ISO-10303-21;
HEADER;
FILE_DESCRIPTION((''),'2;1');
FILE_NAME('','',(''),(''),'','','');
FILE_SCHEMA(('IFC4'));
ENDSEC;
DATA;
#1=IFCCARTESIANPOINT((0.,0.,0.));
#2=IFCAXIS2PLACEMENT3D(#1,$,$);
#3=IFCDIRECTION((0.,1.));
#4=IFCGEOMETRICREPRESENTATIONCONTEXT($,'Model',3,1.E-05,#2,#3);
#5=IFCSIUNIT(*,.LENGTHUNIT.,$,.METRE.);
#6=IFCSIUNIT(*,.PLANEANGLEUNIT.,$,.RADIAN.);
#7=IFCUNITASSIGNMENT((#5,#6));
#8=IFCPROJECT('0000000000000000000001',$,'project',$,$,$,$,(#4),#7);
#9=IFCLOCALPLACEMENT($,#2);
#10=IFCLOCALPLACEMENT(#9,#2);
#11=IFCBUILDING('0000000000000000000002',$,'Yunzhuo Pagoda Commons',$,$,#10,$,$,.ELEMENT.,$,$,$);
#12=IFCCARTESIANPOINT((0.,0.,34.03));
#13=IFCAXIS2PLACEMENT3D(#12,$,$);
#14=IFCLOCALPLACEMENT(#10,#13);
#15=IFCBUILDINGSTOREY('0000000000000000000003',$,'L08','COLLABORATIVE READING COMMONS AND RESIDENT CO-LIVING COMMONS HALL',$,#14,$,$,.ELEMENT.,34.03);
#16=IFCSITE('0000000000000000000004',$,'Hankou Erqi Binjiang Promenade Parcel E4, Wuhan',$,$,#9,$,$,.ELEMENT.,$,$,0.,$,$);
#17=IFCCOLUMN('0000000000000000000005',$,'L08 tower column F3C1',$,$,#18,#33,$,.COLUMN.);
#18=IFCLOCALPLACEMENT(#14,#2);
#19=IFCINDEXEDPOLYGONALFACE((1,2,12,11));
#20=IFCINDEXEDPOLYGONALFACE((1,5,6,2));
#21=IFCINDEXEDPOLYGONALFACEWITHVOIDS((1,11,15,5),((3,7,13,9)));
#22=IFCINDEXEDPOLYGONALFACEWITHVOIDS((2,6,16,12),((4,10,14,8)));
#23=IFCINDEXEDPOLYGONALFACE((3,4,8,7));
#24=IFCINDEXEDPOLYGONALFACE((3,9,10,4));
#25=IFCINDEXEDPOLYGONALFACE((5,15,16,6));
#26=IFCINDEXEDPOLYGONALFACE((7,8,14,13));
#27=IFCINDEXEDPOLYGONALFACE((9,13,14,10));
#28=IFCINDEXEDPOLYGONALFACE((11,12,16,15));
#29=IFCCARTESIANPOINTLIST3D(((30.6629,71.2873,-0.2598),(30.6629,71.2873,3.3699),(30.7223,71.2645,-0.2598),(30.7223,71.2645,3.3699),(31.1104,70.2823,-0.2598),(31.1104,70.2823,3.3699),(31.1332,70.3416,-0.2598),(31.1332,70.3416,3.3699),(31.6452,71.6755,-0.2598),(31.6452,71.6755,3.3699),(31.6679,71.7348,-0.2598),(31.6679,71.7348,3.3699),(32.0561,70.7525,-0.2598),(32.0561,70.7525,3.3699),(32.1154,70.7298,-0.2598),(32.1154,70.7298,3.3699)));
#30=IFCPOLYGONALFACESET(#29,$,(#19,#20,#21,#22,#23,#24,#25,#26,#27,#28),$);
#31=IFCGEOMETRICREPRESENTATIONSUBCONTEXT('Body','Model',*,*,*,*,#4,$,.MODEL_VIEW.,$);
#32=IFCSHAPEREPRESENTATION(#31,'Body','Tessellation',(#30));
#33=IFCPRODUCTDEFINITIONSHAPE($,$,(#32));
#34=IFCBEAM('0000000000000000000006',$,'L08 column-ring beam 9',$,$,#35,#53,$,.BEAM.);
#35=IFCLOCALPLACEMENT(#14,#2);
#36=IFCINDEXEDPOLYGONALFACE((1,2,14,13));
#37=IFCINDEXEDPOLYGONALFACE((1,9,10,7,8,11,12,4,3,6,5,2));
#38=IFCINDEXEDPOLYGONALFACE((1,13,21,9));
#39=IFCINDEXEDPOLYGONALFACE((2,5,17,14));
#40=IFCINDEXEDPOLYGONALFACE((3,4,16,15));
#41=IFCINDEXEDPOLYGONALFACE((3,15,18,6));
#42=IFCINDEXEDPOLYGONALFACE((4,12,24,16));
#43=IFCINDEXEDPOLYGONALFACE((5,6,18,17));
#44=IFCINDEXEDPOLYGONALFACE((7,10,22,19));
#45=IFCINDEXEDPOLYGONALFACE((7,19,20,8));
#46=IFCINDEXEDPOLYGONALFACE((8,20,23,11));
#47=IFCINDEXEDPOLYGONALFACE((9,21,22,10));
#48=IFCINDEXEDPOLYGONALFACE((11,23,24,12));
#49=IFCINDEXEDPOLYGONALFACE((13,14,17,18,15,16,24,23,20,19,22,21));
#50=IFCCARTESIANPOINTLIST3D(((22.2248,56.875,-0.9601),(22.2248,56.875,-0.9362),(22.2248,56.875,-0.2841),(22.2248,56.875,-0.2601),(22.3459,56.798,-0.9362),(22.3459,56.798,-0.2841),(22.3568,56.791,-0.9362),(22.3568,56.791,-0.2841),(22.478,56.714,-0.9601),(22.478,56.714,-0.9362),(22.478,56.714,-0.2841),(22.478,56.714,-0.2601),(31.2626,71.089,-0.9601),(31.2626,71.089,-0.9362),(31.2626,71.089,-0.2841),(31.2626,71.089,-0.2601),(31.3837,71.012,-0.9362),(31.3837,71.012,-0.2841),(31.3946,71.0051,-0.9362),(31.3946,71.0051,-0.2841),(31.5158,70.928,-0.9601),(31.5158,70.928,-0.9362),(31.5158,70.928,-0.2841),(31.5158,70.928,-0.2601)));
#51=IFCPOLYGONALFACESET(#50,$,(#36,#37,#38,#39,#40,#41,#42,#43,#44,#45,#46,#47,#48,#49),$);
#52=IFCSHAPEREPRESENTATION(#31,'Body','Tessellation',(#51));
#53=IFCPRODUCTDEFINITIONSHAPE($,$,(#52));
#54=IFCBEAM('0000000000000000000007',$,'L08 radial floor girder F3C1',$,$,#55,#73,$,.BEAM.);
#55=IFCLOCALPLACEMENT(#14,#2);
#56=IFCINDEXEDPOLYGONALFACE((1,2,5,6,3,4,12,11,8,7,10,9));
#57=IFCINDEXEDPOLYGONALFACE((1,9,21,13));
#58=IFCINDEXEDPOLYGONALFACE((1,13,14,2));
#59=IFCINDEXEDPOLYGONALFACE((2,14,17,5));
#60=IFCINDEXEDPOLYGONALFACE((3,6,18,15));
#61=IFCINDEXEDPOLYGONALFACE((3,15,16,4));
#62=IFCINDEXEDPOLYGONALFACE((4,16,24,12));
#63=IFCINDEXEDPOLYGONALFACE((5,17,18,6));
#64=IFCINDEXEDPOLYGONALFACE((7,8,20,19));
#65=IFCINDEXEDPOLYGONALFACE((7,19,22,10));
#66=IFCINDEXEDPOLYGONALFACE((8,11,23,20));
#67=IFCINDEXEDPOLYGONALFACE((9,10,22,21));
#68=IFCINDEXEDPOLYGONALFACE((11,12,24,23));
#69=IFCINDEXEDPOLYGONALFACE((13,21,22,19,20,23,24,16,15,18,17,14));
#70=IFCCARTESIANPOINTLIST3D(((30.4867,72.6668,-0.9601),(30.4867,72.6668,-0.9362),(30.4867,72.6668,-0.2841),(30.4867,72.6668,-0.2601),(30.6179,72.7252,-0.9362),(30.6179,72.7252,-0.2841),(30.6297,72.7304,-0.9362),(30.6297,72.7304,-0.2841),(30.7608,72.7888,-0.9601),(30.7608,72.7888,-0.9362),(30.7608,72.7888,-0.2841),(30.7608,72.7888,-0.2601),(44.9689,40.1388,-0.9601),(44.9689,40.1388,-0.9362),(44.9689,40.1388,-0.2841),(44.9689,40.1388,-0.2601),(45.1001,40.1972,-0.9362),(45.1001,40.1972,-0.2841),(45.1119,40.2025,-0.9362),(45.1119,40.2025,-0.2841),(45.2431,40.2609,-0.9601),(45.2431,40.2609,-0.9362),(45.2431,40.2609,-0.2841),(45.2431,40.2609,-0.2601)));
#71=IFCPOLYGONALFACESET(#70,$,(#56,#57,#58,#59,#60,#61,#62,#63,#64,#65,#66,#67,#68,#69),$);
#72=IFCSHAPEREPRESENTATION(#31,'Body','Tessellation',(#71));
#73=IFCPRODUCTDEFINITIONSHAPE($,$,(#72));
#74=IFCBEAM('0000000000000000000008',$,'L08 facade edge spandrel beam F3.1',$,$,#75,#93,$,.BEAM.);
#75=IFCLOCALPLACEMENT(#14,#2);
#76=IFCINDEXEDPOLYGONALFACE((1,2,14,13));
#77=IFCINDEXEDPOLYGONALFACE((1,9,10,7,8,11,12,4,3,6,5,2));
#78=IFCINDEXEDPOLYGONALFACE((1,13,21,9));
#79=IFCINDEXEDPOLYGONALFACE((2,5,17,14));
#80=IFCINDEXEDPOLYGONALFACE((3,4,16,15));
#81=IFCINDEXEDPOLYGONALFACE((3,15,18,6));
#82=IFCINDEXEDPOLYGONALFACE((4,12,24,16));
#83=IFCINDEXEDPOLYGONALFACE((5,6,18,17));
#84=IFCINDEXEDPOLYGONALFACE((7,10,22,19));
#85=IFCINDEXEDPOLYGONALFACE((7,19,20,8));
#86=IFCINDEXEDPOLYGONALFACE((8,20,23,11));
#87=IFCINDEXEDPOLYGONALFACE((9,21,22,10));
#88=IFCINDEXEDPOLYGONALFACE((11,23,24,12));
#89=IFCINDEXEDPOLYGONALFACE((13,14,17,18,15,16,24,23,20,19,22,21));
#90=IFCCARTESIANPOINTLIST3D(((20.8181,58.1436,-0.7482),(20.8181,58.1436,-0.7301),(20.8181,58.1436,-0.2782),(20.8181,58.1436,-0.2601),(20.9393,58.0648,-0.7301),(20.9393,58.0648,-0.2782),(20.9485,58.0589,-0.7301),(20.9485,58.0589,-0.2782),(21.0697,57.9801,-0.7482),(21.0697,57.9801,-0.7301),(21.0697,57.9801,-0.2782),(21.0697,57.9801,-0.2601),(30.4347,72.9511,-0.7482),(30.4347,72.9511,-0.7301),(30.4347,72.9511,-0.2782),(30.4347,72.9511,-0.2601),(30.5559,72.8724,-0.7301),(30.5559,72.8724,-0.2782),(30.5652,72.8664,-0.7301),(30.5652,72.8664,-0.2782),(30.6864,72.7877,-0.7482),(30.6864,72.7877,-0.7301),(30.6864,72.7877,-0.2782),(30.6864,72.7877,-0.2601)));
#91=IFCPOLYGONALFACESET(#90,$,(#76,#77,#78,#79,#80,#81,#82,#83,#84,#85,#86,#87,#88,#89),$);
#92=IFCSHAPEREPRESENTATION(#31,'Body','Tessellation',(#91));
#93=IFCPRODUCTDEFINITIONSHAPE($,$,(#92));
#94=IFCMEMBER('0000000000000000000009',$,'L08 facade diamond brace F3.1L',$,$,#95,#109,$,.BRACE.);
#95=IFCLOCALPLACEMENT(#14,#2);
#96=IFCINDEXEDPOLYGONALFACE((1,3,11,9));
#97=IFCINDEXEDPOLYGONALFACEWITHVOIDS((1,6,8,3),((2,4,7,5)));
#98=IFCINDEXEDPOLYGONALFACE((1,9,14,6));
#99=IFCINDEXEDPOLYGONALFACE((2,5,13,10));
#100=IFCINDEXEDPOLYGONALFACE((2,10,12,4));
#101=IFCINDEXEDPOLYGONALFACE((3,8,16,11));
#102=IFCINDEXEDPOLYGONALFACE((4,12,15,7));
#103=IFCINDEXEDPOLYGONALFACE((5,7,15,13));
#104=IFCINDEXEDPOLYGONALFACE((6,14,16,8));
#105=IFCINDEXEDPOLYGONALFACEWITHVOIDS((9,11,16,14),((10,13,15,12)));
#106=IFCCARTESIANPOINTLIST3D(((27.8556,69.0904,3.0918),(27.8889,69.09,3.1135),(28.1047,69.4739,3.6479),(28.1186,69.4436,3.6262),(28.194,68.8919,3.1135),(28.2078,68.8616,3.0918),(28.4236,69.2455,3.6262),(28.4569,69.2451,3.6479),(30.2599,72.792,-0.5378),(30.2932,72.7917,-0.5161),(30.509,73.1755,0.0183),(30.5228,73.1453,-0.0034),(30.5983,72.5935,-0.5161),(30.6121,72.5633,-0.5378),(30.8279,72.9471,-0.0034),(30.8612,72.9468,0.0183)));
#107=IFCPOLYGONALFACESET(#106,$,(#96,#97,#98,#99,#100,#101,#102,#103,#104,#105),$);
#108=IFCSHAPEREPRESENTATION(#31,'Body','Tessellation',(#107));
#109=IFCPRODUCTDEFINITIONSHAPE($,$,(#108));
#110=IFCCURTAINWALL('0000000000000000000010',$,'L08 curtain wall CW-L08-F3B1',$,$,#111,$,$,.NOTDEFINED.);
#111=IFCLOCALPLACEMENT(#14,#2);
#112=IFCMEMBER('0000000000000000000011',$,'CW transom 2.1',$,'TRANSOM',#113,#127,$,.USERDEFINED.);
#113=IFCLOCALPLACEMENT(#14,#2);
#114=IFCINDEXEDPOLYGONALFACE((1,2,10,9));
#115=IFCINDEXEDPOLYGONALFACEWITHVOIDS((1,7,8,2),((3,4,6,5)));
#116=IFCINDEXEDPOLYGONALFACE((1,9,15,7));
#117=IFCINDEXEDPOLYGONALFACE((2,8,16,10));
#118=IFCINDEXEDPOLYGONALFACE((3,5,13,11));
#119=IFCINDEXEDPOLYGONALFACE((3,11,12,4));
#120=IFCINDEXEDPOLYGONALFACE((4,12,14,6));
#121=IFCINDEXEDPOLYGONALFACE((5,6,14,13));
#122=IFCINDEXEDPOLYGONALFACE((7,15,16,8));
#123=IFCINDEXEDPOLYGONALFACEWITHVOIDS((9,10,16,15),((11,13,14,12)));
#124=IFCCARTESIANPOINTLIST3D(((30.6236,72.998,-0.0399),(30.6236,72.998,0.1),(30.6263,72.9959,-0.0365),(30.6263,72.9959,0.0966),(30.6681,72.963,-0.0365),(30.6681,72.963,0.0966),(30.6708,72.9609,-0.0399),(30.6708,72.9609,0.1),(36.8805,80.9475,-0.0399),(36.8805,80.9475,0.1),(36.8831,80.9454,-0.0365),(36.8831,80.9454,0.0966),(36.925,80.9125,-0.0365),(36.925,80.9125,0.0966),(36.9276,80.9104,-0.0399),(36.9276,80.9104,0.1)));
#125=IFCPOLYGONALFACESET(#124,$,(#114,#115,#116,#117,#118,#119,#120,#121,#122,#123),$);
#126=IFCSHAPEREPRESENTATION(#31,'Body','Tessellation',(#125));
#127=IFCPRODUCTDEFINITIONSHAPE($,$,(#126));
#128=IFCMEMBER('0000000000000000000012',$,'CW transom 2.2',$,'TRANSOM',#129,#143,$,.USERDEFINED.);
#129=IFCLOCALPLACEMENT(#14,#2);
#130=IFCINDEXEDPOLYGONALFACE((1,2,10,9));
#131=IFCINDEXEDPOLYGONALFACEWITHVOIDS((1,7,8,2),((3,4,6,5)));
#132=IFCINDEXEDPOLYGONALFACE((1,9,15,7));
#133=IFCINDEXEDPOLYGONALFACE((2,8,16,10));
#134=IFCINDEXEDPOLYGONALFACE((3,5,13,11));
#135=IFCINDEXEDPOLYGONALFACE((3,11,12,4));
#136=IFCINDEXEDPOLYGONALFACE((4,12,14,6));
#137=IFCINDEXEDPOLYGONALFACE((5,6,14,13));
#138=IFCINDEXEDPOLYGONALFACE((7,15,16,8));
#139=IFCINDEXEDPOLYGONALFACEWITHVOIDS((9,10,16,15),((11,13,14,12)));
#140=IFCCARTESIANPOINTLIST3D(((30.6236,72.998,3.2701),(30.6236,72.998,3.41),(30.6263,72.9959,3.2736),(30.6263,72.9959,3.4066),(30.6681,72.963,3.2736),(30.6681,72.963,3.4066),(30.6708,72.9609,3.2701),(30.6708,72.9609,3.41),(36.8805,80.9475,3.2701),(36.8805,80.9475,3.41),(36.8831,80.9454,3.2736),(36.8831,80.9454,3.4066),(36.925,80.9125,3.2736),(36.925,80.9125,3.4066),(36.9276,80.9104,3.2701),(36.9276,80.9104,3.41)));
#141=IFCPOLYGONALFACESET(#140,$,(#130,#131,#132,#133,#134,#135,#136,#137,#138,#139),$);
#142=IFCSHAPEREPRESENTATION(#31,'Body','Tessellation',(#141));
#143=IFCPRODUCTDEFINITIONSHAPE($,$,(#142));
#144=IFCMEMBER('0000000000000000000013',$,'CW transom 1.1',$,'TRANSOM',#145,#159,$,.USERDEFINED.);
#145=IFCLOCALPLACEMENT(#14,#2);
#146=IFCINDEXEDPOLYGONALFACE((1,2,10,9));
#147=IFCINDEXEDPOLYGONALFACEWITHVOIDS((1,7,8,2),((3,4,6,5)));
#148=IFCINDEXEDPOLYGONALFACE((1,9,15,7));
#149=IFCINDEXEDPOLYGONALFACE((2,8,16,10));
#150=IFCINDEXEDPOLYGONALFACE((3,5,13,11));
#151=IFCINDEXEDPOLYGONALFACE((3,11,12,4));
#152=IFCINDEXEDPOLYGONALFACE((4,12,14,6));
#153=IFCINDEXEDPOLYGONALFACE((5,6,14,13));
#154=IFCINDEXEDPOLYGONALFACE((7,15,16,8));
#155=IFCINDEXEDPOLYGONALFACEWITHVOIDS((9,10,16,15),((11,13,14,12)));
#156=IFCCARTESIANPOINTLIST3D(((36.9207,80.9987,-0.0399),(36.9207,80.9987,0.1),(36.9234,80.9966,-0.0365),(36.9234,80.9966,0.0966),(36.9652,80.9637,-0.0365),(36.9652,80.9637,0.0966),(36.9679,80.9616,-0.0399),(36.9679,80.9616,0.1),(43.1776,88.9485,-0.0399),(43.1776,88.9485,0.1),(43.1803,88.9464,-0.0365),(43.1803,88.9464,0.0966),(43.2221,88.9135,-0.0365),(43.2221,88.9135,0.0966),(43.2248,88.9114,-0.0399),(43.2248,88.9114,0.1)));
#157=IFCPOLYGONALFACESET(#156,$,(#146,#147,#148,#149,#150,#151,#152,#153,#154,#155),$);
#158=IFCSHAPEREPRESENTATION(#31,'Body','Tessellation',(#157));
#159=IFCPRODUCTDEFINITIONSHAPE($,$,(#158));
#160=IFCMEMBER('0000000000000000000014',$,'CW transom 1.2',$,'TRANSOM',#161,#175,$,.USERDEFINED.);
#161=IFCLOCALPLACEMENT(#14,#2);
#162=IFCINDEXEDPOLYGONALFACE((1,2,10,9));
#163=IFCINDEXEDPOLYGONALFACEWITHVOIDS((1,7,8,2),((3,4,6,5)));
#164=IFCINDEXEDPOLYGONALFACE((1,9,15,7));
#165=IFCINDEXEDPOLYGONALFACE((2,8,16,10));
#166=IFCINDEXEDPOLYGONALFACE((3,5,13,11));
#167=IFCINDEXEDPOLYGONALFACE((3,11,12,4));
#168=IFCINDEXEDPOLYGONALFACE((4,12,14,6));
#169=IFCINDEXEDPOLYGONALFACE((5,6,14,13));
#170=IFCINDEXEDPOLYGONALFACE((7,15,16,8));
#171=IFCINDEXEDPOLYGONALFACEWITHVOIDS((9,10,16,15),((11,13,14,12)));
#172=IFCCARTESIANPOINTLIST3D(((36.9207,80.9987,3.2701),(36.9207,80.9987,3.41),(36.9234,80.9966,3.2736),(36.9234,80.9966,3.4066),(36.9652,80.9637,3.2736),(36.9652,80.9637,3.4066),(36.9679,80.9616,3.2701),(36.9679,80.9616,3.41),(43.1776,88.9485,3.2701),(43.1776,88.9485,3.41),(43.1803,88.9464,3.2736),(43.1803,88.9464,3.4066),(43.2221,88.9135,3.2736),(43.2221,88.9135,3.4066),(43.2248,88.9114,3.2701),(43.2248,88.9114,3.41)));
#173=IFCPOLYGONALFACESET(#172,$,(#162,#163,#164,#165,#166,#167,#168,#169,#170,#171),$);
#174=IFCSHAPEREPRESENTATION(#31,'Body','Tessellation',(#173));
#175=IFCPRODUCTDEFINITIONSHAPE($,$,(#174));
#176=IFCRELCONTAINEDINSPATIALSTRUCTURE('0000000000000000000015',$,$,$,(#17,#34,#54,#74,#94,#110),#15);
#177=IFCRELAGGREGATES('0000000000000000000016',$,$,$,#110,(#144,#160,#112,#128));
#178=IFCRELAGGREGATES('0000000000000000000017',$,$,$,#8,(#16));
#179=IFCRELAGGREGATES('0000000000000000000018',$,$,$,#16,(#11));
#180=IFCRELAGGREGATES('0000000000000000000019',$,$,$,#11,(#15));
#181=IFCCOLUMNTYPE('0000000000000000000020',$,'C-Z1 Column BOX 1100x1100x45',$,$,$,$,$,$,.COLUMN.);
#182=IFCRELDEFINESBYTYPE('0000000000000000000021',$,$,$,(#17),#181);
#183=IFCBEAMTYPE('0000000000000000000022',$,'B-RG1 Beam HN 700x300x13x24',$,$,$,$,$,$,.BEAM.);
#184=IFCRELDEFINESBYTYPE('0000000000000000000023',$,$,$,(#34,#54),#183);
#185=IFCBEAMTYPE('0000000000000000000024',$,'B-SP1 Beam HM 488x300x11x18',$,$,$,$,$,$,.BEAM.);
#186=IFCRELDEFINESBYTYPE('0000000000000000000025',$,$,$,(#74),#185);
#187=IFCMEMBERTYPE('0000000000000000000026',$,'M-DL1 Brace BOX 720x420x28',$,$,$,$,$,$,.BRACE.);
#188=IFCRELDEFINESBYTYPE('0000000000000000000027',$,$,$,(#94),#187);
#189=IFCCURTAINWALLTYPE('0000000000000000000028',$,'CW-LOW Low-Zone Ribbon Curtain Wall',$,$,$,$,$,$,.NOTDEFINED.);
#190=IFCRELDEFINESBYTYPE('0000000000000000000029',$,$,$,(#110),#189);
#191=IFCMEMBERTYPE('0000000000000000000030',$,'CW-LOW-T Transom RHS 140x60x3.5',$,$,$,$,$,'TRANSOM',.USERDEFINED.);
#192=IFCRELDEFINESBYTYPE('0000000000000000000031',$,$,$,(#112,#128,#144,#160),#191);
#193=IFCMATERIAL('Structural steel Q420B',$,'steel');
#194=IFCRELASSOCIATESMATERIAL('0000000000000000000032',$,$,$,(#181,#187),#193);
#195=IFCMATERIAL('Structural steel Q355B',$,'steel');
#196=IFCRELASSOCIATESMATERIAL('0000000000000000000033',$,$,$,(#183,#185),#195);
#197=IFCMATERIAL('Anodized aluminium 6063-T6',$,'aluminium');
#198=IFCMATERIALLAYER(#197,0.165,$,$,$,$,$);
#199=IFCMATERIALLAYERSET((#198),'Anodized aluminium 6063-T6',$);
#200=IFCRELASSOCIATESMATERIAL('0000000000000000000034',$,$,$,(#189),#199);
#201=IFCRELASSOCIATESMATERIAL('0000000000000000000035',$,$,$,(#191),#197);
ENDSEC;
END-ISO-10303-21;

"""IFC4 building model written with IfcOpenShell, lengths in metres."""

from ifc_helpers import new_model, si_unit, direction, frame, origin, origin_2d, place, context, subcontext, project, spatial, hollow_rectangle, i_section, extrude, source, transform, mapped, material, layer, layer_set, material_profile, profile_set, type_object, element, aggregate, save


model = new_model("IFC4")

# Units and contexts
model_context = context("Model", 3, precision=1e-05, world=origin(), true_north=direction((0.0, 1.0)))
body_context = subcontext(model_context, "Body", "Model", "MODEL_VIEW")
ifc_project = project(units=[si_unit("LENGTHUNIT", "METRE"), si_unit("PLANEANGLEUNIT", "RADIAN")], contexts=[model_context])

# Site, building, storey
site_placement = place(None, origin())
site = spatial("IfcSite", under=ifc_project, at=site_placement, Name="Hankou Erqi Binjiang Promenade Parcel E4, Wuhan", CompositionType="ELEMENT", RefElevation=0.0)
building_placement = place(site_placement, origin())
building = spatial("IfcBuilding", under=site, at=building_placement, Name="Yunzhuo Pagoda Commons", CompositionType="ELEMENT")
storey_placement = place(building_placement, frame((0.0, 0.0, 34.03)))
storey = spatial("IfcBuildingStorey", under=building, at=storey_placement, Name="L08", Description="COLLABORATIVE READING COMMONS AND RESIDENT CO-LIVING COMMONS HALL", CompositionType="ELEMENT", Elevation=34.03)

# Column
ifc_material_1 = material(Name="Structural steel Q420B", Category="steel")
ifc_material_profile_1 = material_profile(ifc_material_1, hollow_rectangle(XDim=1.1001, YDim=1.1001, WallThickness=0.0449, at=origin_2d()), Name="Structural steel Q420B")
ifc_profile_set_1 = profile_set([ifc_material_profile_1], Name="Structural steel Q420B")
column_type = type_object("IfcColumnType", Name="C-Z1 Column BOX 1100x1100x45", PredefinedType="COLUMN", material=ifc_profile_set_1)
shared_shape_1 = source(origin(), body_context, "Body", "SweptSolid", [
    extrude(hollow_rectangle(XDim=1.1001, YDim=1.1001, WallThickness=0.0449, at=origin_2d()), origin(), (0.0, 0.0, 1.0), 3.6296),
])
column_placement = place(storey_placement, frame((31.3892, 71.0085, -0.2598), z_axis=(0.0, 0.0, 1.0), x_axis=(-0.913545, -0.406737, 0.0)))
element("IfcColumn", 1, at=column_placement, inside=storey, type_object=column_type, Name="L08 tower column F3C1", PredefinedType="COLUMN", context=body_context, shape_type="MappedRepresentation", body=[
    mapped(shared_shape_1, transform((0.0, 0.0, 0.0), scale=1.0)),
])

# Beams
ifc_material_2 = material(Name="Structural steel Q355B", Category="steel")
ifc_material_profile_2 = material_profile(ifc_material_2, i_section(OverallWidth=0.3, OverallDepth=0.7, WebThickness=0.0129, FlangeThickness=0.0239, at=origin_2d()), Name="Structural steel Q355B")
ifc_profile_set_2 = profile_set([ifc_material_profile_2], Name="Structural steel Q355B")
beam_type_1 = type_object("IfcBeamType", Name="B-RG1 Beam HN 700x300x13x24", PredefinedType="BEAM", material=ifc_profile_set_2)
shared_shape_2 = source(origin(), body_context, "Body", "SweptSolid", [
    extrude(i_section(OverallWidth=0.3, OverallDepth=0.7, WebThickness=0.0129, FlangeThickness=0.0239, at=origin_2d()), origin(), (0.0, 0.0, 1.0), 16.844),
])
beam_1_placement = place(storey_placement, frame((31.3892, 71.0085, -0.6101), z_axis=(-0.536558, -0.843863, 0.0), x_axis=(0.843863, -0.536558, 0.0)))
element("IfcBeam", 2, at=beam_1_placement, inside=storey, type_object=beam_type_1, Name="L08 column-ring beam 9", PredefinedType="BEAM", context=body_context, shape_type="MappedRepresentation", body=[
    mapped(shared_shape_2, transform((0.0, 0.0, 0.0), scale=1.0)),
])
shared_shape_3 = source(origin(), body_context, "Body", "SweptSolid", [
    extrude(i_section(OverallWidth=0.3, OverallDepth=0.7, WebThickness=0.0129, FlangeThickness=0.0239, at=origin_2d()), origin(), (0.0, 0.0, 1.0), 35.6062),
])
beam_2_placement = place(storey_placement, frame((30.6238, 72.7278, -0.6101), z_axis=(0.406733, -0.913547, 0.0), x_axis=(0.913547, 0.406733, 0.0)))
element("IfcBeam", 3, at=beam_2_placement, inside=storey, type_object=beam_type_1, Name="L08 radial floor girder F3C1", PredefinedType="BEAM", context=body_context, shape_type="MappedRepresentation", body=[
    mapped(shared_shape_3, transform((0.0, 0.0, 0.0), scale=1.0)),
])
ifc_material_profile_3 = material_profile(ifc_material_2, i_section(OverallWidth=0.3, OverallDepth=0.488, WebThickness=0.011, FlangeThickness=0.0181, at=origin_2d()), Name="Structural steel Q355B")
ifc_profile_set_3 = profile_set([ifc_material_profile_3], Name="Structural steel Q355B")
beam_type_2 = type_object("IfcBeamType", Name="B-SP1 Beam HM 488x300x11x18", PredefinedType="BEAM", material=ifc_profile_set_3)
shared_shape_4 = source(origin(), body_context, "Body", "SweptSolid", [
    extrude(i_section(OverallWidth=0.3, OverallDepth=0.488, WebThickness=0.011, FlangeThickness=0.0181, at=origin_2d()), origin(), (0.0, 0.0, 1.0), 17.6562),
])
beam_3_placement = place(storey_placement, frame((30.5605, 72.8694, -0.5042), z_axis=(-0.54466, -0.838657, 0.0), x_axis=(0.838657, -0.54466, 0.0)))
element("IfcBeam", 4, at=beam_3_placement, inside=storey, type_object=beam_type_2, Name="L08 facade edge spandrel beam F3.1", PredefinedType="BEAM", context=body_context, shape_type="MappedRepresentation", body=[
    mapped(shared_shape_4, transform((0.0, 0.0, 0.0), scale=1.0)),
])

# Member
ifc_material_profile_4 = material_profile(ifc_material_1, hollow_rectangle(XDim=0.4199, YDim=0.72, WallThickness=0.0281, at=origin_2d()), Name="Structural steel Q420B")
ifc_profile_set_4 = profile_set([ifc_material_profile_4], Name="Structural steel Q420B")
member_type_1 = type_object("IfcMemberType", Name="M-DL1 Brace BOX 720x420x28", PredefinedType="BRACE", material=ifc_profile_set_4)
shared_shape_5 = source(origin(), body_context, "Body", "SweptSolid", [
    extrude(hollow_rectangle(XDim=0.4199, YDim=0.72, WallThickness=0.0281, at=origin_2d()), origin(), (0.0, 0.0, 1.0), 5.7146),
])
member_1_placement = place(storey_placement, frame((30.5605, 72.8694, -0.2598), z_axis=(-0.420725, -0.647749, 0.635146), x_axis=(0.838628, -0.544704, 0.0)))
element("IfcMember", 5, at=member_1_placement, inside=storey, type_object=member_type_1, Name="L08 facade diamond brace F3.1L", PredefinedType="BRACE", context=body_context, shape_type="MappedRepresentation", body=[
    mapped(shared_shape_5, transform((0.0, 0.0, 0.0), scale=1.0)),
])

# Curtain wall, members
ifc_material_3 = material(Name="Anodized aluminium 6063-T6", Category="aluminium")
ifc_layer_1 = layer(ifc_material_3, 0.165)
ifc_layer_set_1 = layer_set([ifc_layer_1], Name="Anodized aluminium 6063-T6")
curtain_wall_type = type_object("IfcCurtainWallType", Name="CW-LOW Low-Zone Ribbon Curtain Wall", PredefinedType="NOTDEFINED", material=ifc_layer_set_1)
curtain_wall_1_placement = place(storey_placement, origin())
curtain_wall_1 = element("IfcCurtainWall", 6, at=curtain_wall_1_placement, inside=storey, type_object=curtain_wall_type, Name="L08 curtain wall CW-L08-F3B1", PredefinedType="NOTDEFINED")
ifc_material_profile_5 = material_profile(ifc_material_3, hollow_rectangle(XDim=0.0601, YDim=0.1399, WallThickness=0.0034, at=origin_2d()), Name="Anodized aluminium 6063-T6")
ifc_profile_set_5 = profile_set([ifc_material_profile_5], Name="Anodized aluminium 6063-T6")
member_type_2 = type_object("IfcMemberType", Name="CW-LOW-T Transom RHS 140x60x3.5", ElementType="TRANSOM", PredefinedType="USERDEFINED", material=ifc_profile_set_5)
shared_shape_6 = source(origin(), body_context, "Body", "SweptSolid", [
    extrude(hollow_rectangle(XDim=0.0601, YDim=0.1399, WallThickness=0.0034, at=origin_2d()), origin(), (0.0, 0.0, 1.0), 10.1165),
])
member_2_placement = place(storey_placement, frame((36.9041, 80.929, 0.03), z_axis=(-0.618483, -0.785798, 0.0), x_axis=(0.785798, -0.618483, 0.0)))
member_2 = element("IfcMember", 7, at=member_2_placement, type_object=member_type_2, Name="CW transom 2.1", ObjectType="TRANSOM", PredefinedType="USERDEFINED", context=body_context, shape_type="MappedRepresentation", body=[
    mapped(shared_shape_6, transform((0.0, 0.0, 0.0), scale=1.0)),
])
member_3_placement = place(storey_placement, frame((36.9041, 80.929, 3.3401), z_axis=(-0.618483, -0.785798, 0.0), x_axis=(0.785798, -0.618483, 0.0)))
member_3 = element("IfcMember", 8, at=member_3_placement, type_object=member_type_2, Name="CW transom 2.2", ObjectType="TRANSOM", PredefinedType="USERDEFINED", context=body_context, shape_type="MappedRepresentation", body=[
    mapped(shared_shape_6, transform((0.0, 0.0, 0.0), scale=1.0)),
])
shared_shape_7 = source(origin(), body_context, "Body", "SweptSolid", [
    extrude(hollow_rectangle(XDim=0.0601, YDim=0.1399, WallThickness=0.0034, at=origin_2d()), origin(), (0.0, 0.0, 1.0), 10.1167),
])
member_4_placement = place(storey_placement, frame((43.2012, 88.9299, 0.03), z_axis=(-0.618471, -0.785807, 0.0), x_axis=(0.785807, -0.618471, 0.0)))
member_4 = element("IfcMember", 9, at=member_4_placement, type_object=member_type_2, Name="CW transom 1.1", ObjectType="TRANSOM", PredefinedType="USERDEFINED", context=body_context, shape_type="MappedRepresentation", body=[
    mapped(shared_shape_7, transform((0.0, 0.0, 0.0), scale=1.0)),
])
member_5_placement = place(storey_placement, frame((43.2012, 88.9299, 3.3401), z_axis=(-0.618471, -0.785807, 0.0), x_axis=(0.785807, -0.618471, 0.0)))
member_5 = element("IfcMember", 10, at=member_5_placement, type_object=member_type_2, Name="CW transom 1.2", ObjectType="TRANSOM", PredefinedType="USERDEFINED", context=body_context, shape_type="MappedRepresentation", body=[
    mapped(shared_shape_7, transform((0.0, 0.0, 0.0), scale=1.0)),
])

aggregate(curtain_wall_1, [member_4, member_5, member_2, member_3])

save(model, "model.ifc")
